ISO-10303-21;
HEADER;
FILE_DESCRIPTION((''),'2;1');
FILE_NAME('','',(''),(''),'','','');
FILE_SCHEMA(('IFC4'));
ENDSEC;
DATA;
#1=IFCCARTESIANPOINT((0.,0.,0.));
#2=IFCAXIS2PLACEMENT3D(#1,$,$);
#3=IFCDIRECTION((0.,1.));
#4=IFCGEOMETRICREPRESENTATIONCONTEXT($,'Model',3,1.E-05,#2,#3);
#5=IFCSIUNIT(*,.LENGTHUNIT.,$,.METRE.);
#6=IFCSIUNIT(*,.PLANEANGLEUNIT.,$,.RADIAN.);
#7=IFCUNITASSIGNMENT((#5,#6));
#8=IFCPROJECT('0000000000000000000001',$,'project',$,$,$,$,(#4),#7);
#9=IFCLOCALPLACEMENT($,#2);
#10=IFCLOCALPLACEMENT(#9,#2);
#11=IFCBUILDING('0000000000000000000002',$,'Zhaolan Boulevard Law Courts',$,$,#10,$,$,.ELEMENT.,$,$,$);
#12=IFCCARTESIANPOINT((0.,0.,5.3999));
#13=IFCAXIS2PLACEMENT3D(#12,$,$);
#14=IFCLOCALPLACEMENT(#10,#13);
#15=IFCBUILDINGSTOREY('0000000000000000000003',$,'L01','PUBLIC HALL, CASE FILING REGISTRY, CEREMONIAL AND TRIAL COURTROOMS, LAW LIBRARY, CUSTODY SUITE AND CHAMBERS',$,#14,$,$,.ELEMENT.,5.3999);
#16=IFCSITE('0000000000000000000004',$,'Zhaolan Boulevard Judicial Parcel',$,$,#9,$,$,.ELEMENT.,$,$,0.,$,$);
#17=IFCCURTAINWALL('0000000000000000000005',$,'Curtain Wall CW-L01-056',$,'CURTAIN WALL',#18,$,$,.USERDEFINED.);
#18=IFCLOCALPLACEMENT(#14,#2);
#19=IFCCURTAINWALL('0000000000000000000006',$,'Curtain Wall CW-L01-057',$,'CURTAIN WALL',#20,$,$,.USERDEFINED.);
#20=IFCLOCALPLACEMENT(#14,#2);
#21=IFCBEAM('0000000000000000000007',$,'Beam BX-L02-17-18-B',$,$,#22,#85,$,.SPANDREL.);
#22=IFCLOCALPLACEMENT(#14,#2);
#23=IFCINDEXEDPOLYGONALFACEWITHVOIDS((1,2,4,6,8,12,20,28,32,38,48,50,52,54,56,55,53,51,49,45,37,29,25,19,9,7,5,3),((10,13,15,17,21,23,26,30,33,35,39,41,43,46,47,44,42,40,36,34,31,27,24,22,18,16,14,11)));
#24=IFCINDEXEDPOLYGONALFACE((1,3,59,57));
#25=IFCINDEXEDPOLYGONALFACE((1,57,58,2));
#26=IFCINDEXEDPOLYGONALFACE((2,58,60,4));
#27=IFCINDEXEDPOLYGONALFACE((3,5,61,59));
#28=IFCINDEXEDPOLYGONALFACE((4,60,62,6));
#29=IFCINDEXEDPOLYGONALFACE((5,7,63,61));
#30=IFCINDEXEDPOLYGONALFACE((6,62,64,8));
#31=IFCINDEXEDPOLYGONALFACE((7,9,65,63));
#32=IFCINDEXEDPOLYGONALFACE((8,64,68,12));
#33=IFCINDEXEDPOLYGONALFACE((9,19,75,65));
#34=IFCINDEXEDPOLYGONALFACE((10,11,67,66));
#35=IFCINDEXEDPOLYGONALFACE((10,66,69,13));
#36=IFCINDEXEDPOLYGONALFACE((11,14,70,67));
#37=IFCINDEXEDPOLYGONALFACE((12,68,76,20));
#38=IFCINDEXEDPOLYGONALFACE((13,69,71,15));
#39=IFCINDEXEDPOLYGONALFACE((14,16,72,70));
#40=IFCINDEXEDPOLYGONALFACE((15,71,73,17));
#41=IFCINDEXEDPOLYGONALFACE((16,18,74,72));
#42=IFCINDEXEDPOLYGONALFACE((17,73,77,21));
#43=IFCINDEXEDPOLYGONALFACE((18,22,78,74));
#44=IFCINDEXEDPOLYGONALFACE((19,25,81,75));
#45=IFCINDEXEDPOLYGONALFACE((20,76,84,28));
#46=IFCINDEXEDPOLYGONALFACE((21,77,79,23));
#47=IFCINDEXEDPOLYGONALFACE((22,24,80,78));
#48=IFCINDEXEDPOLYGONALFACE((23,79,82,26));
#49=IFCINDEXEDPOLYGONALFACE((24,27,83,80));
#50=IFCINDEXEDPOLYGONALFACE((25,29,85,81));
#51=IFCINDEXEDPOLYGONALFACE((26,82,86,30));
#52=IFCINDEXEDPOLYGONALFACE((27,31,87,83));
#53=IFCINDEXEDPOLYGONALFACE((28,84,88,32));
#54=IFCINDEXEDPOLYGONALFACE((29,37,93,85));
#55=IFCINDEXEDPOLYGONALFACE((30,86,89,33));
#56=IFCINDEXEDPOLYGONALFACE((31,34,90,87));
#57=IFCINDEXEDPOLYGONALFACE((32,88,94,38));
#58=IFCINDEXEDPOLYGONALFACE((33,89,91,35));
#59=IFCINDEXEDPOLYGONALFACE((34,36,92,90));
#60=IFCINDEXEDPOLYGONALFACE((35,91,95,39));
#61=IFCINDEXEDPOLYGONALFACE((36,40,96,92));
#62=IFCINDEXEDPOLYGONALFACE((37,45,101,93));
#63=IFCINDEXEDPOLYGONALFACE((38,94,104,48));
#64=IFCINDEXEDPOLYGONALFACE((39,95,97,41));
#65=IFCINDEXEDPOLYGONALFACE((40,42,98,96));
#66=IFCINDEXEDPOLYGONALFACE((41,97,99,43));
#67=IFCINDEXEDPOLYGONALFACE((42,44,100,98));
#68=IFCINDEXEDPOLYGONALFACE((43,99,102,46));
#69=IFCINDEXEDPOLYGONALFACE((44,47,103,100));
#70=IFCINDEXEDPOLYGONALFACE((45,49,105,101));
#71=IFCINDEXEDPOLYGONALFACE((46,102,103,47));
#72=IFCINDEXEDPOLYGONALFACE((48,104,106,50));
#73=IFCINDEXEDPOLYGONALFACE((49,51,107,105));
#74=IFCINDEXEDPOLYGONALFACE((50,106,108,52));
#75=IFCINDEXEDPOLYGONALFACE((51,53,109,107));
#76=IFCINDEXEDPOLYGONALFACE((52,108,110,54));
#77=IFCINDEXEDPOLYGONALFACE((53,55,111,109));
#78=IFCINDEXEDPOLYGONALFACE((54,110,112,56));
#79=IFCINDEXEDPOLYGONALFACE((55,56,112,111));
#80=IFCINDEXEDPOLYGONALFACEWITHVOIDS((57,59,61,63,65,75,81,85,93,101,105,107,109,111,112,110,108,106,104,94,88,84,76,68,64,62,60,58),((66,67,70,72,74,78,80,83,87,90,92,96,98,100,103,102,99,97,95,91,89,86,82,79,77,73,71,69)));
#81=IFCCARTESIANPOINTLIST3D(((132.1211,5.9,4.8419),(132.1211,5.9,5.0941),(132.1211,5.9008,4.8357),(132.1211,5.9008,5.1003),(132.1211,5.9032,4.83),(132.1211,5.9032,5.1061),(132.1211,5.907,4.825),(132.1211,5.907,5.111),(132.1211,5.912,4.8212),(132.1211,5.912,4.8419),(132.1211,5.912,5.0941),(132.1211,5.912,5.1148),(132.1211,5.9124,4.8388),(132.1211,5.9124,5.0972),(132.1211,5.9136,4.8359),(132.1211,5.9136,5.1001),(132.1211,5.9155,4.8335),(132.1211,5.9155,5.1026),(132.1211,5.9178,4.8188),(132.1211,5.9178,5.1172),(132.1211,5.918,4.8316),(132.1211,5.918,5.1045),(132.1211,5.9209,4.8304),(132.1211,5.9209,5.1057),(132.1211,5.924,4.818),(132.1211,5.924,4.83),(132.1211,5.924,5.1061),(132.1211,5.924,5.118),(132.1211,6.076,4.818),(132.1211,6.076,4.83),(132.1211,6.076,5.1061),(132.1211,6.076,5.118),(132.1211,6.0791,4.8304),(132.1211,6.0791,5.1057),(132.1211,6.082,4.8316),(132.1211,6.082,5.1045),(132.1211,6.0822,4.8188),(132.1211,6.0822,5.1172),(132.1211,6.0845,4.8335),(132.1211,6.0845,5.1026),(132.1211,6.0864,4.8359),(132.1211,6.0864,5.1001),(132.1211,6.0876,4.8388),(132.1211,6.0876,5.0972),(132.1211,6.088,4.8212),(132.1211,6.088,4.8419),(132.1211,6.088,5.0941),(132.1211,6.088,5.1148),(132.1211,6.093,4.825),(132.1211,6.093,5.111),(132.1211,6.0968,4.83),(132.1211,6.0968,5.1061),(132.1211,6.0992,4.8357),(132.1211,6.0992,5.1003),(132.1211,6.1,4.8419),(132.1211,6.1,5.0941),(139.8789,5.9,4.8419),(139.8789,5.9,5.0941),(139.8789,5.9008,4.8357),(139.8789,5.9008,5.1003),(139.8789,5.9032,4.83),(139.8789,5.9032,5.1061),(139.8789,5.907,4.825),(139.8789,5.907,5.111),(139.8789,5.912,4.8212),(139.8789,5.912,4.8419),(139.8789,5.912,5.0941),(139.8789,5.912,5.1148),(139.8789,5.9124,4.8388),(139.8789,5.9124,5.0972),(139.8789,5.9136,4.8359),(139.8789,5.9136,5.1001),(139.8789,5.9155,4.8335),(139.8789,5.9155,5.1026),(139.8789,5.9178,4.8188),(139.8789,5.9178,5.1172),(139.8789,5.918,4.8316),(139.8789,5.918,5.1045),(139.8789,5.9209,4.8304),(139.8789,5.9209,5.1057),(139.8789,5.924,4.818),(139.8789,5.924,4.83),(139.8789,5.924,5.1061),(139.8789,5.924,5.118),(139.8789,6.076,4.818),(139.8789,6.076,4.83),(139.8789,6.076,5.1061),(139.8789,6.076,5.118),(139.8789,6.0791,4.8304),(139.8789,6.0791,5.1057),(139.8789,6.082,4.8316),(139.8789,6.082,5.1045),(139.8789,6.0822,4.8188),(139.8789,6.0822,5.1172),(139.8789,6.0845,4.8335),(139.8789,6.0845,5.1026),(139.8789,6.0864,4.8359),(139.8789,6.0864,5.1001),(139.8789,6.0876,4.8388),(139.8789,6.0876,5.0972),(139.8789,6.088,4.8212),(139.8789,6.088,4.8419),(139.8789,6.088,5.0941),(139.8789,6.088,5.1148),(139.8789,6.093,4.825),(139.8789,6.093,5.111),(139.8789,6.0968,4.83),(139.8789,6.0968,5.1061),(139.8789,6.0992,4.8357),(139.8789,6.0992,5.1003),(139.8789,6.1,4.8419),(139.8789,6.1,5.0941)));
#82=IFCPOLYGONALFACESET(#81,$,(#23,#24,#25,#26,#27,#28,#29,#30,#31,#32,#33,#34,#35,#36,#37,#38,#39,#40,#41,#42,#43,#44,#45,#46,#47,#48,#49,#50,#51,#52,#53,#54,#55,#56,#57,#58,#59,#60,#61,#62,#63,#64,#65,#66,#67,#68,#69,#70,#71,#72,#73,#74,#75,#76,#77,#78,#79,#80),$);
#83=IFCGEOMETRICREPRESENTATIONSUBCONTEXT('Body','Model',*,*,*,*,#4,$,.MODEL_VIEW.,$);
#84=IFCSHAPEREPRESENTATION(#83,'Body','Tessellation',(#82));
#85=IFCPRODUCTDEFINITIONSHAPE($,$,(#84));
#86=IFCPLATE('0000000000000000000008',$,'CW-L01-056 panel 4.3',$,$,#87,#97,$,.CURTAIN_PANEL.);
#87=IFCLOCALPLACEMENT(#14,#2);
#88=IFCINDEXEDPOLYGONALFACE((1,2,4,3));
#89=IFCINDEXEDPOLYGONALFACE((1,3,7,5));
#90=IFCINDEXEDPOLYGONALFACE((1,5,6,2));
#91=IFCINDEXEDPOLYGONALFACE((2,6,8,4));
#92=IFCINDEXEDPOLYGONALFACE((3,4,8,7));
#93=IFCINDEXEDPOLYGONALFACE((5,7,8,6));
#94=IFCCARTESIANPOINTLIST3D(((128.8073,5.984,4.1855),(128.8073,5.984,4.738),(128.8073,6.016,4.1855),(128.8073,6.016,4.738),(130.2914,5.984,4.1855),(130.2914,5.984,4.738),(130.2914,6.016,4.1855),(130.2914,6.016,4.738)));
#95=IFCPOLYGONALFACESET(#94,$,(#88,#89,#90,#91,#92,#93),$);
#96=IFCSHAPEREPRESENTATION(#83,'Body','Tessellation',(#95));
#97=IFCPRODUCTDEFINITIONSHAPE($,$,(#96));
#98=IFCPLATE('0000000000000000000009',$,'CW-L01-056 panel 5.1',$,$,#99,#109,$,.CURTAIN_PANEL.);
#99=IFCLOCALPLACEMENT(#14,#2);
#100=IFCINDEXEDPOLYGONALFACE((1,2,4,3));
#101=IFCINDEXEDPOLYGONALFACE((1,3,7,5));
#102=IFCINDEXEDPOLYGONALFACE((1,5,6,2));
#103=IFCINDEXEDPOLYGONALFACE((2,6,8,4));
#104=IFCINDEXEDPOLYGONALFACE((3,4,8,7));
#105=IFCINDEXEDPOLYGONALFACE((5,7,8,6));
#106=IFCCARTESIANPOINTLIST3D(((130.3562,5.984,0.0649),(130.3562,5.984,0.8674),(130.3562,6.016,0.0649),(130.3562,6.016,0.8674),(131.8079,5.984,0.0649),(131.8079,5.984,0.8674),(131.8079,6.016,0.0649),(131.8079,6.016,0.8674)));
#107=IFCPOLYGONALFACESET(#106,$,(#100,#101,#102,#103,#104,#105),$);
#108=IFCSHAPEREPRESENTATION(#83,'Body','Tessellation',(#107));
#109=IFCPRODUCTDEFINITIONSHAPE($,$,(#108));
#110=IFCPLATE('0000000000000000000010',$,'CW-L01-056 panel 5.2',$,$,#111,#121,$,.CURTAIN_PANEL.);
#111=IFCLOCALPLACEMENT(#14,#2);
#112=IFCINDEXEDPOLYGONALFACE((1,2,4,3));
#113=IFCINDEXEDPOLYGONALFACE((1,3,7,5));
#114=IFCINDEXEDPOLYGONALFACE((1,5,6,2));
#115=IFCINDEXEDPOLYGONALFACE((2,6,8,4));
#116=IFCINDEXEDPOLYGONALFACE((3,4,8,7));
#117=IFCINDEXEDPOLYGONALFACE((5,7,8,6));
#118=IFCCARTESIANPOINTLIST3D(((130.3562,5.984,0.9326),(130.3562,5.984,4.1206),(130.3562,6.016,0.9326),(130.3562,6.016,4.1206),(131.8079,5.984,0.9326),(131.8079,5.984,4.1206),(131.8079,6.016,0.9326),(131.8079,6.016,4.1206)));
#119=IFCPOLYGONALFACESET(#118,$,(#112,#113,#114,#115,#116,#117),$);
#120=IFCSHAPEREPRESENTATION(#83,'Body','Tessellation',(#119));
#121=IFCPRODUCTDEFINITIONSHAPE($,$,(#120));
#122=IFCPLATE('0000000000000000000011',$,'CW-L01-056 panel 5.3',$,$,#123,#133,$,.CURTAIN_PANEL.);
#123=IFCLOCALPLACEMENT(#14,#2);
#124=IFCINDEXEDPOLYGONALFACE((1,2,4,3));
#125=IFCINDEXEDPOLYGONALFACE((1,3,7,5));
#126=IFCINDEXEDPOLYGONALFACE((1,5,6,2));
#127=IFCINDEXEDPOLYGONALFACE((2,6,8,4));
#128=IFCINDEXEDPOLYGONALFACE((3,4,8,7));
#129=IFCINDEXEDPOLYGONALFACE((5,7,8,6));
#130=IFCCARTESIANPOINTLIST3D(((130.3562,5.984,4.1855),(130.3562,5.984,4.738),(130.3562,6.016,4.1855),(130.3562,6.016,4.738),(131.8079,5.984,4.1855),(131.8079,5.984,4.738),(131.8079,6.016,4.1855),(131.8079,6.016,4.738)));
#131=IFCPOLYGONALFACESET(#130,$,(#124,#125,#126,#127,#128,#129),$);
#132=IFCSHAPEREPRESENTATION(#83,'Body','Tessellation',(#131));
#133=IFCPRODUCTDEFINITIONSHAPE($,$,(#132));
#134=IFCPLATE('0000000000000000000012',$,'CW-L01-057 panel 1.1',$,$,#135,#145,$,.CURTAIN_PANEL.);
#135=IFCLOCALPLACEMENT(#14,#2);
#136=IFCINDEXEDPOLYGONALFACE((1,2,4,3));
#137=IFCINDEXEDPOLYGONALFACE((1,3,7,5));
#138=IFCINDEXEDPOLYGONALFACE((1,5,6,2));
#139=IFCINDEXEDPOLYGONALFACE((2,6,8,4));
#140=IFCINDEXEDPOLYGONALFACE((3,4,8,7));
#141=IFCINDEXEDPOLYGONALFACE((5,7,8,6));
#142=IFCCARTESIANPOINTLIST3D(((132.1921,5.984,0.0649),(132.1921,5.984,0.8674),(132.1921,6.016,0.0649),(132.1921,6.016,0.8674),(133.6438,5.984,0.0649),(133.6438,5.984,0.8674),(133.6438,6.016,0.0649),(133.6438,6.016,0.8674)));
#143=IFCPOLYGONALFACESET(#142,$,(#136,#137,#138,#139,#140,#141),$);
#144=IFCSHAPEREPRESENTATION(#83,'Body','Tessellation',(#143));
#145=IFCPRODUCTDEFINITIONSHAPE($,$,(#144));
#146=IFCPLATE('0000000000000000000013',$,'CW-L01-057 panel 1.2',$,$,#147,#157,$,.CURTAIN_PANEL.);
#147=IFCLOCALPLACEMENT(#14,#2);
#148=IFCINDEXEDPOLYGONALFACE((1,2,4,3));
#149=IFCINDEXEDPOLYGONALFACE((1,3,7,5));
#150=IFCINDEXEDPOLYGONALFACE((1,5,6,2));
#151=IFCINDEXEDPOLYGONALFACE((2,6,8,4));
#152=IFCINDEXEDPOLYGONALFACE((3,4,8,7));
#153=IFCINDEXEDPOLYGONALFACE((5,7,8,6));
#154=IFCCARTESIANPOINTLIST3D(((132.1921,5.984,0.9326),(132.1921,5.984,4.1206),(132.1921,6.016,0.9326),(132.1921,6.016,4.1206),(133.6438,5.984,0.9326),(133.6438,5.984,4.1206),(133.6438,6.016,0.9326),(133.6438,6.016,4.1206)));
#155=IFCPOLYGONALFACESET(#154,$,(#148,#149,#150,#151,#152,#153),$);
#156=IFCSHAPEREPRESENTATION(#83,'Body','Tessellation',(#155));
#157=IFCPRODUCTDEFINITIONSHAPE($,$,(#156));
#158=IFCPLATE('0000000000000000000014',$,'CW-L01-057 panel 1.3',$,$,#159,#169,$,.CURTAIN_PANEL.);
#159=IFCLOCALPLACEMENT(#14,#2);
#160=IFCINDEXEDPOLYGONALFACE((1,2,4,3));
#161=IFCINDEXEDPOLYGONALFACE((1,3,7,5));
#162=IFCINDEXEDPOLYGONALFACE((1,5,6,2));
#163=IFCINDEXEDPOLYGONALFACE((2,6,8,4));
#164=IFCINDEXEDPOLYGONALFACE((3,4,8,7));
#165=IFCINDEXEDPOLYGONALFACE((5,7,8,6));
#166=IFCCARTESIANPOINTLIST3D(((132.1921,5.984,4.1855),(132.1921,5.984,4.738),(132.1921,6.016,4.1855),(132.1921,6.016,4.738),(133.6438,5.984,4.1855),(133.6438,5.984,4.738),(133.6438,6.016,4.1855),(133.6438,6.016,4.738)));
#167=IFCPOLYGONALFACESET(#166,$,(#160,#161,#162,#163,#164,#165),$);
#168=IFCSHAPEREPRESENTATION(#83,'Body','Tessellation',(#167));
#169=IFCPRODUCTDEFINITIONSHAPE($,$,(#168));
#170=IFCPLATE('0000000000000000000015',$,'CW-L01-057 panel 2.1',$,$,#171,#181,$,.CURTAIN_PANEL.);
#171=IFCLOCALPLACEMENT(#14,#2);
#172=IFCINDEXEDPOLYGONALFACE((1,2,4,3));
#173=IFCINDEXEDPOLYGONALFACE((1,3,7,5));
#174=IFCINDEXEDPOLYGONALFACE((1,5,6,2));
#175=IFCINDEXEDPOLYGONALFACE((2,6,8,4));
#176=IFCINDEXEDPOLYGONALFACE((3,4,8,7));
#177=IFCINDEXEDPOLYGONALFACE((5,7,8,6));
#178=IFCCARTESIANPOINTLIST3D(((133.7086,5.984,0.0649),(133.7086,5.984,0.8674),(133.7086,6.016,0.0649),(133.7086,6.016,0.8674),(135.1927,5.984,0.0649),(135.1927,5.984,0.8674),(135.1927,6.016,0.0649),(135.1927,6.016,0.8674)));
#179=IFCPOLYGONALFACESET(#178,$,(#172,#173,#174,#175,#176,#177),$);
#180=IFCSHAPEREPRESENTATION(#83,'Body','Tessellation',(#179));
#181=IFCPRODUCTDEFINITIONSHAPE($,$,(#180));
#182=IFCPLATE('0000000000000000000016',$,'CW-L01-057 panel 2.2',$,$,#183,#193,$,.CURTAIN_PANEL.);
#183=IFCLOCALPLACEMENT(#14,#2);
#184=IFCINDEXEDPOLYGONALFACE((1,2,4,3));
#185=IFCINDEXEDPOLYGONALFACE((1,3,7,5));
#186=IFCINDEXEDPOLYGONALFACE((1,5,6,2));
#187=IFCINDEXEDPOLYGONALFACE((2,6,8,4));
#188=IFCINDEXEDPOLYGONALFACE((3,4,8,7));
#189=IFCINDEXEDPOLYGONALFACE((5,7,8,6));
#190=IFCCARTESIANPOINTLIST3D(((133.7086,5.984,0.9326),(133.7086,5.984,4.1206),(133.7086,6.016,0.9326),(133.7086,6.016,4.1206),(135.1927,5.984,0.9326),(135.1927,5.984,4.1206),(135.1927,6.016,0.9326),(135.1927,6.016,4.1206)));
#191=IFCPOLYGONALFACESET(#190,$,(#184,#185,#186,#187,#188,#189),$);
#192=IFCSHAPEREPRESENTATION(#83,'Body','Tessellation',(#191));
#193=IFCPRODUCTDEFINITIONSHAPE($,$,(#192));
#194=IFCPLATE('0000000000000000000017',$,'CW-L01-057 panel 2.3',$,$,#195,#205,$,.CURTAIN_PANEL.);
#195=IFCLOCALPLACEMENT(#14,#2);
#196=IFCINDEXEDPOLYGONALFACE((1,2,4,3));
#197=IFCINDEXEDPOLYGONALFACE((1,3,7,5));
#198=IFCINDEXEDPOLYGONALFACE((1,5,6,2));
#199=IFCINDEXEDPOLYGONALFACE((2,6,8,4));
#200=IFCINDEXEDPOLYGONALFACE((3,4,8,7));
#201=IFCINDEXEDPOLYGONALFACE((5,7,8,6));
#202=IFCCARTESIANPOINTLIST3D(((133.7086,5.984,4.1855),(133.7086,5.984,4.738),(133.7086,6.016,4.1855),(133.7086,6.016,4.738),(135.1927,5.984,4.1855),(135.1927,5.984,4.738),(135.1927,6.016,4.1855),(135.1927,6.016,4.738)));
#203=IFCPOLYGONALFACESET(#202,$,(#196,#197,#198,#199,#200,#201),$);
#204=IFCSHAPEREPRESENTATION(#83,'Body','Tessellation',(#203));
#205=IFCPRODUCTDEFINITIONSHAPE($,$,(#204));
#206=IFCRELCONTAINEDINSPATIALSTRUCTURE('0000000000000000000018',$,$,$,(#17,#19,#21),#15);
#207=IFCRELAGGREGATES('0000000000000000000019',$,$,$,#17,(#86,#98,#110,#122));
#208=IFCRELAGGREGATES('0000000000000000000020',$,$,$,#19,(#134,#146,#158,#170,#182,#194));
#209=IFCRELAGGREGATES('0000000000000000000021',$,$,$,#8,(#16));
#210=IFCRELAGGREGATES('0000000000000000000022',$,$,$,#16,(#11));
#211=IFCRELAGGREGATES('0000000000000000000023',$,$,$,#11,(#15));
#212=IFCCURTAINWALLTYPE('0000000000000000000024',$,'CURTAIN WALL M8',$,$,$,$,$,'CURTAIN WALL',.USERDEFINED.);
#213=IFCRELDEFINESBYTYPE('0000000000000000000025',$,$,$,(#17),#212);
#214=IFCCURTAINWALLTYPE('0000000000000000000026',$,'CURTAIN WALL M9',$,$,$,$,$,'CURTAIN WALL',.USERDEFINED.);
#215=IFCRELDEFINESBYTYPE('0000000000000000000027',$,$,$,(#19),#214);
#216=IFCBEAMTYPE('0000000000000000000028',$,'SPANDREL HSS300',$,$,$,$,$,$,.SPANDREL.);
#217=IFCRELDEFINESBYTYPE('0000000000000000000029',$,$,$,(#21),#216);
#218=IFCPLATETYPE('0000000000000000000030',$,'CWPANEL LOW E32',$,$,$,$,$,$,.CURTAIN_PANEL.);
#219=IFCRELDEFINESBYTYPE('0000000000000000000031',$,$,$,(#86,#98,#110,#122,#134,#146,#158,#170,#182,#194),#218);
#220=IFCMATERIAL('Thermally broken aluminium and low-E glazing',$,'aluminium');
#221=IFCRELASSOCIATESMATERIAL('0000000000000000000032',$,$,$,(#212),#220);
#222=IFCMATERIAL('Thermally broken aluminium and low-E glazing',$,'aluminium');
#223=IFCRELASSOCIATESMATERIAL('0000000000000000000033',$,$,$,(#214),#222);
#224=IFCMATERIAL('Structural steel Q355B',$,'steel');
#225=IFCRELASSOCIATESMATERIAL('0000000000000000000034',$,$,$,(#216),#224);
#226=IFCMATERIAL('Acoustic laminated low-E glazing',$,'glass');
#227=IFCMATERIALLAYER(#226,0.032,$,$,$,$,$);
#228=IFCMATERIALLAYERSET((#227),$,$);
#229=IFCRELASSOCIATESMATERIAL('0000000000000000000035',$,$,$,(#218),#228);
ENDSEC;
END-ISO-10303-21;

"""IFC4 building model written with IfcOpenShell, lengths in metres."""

from ifc_helpers import new_model, si_unit, direction, frame, origin, origin_2d, place, context, subcontext, project, spatial, rectangle, hollow_rectangle, extrude, material, layer, layer_set, material_profile, profile_set, type_object, element, aggregate, save


model = new_model("IFC4")

# Units and contexts
model_context = context("Model", 3, precision=1e-05, world=origin(), true_north=direction((0.0, 1.0)))
body_context = subcontext(model_context, "Body", "Model", "MODEL_VIEW")
ifc_project = project(units=[si_unit("LENGTHUNIT", "METRE"), si_unit("PLANEANGLEUNIT", "RADIAN")], contexts=[model_context])

# Site, building, storey
site_placement = place(None, origin())
site = spatial("IfcSite", under=ifc_project, at=site_placement, Name="Zhaolan Boulevard Judicial Parcel", CompositionType="ELEMENT", RefElevation=0.0)
building_placement = place(site_placement, origin())
building = spatial("IfcBuilding", under=site, at=building_placement, Name="Zhaolan Boulevard Law Courts", CompositionType="ELEMENT")
storey_placement = place(building_placement, frame((0.0, 0.0, 5.3999)))
storey = spatial("IfcBuildingStorey", under=building, at=storey_placement, Name="L01", Description="PUBLIC HALL, CASE FILING REGISTRY, CEREMONIAL AND TRIAL COURTROOMS, LAW LIBRARY, CUSTODY SUITE AND CHAMBERS", CompositionType="ELEMENT", Elevation=5.3999)

# Curtain walls
ifc_material_1 = material(Name="Thermally broken aluminium and low-E glazing", Category="aluminium")
curtain_wall_type_1 = type_object("IfcCurtainWallType", Name="CURTAIN WALL M8", ElementType="CURTAIN WALL", PredefinedType="USERDEFINED", material=ifc_material_1)
curtain_wall_1_placement = place(storey_placement, origin())
curtain_wall_1 = element("IfcCurtainWall", 1, at=curtain_wall_1_placement, inside=storey, type_object=curtain_wall_type_1, Name="Curtain Wall CW-L01-056", ObjectType="CURTAIN WALL", PredefinedType="USERDEFINED")
ifc_material_2 = material(Name="Thermally broken aluminium and low-E glazing", Category="aluminium")
curtain_wall_type_2 = type_object("IfcCurtainWallType", Name="CURTAIN WALL M9", ElementType="CURTAIN WALL", PredefinedType="USERDEFINED", material=ifc_material_2)
curtain_wall_2_placement = place(storey_placement, origin())
curtain_wall_2 = element("IfcCurtainWall", 2, at=curtain_wall_2_placement, inside=storey, type_object=curtain_wall_type_2, Name="Curtain Wall CW-L01-057", ObjectType="CURTAIN WALL", PredefinedType="USERDEFINED")

# Beam
ifc_material_3 = material(Name="Structural steel Q355B", Category="steel")
ifc_material_profile_1 = material_profile(ifc_material_3, hollow_rectangle(XDim=0.2, YDim=0.3, WallThickness=0.012, InnerFilletRadius=0.012, OuterFilletRadius=0.0239, at=origin_2d()), Name="HSS300x200x12")
ifc_profile_set_1 = profile_set([ifc_material_profile_1], Name="Structural steel Q355B")
beam_type = type_object("IfcBeamType", Name="SPANDREL HSS300", PredefinedType="SPANDREL", material=ifc_profile_set_1)
beam_placement = place(storey_placement, frame((132.1211, 6.0, 4.968), z_axis=(1.0, 0.0, 0.0), x_axis=(0.0, 1.0, 0.0)))
element("IfcBeam", 3, at=beam_placement, inside=storey, type_object=beam_type, Name="Beam BX-L02-17-18-B", PredefinedType="SPANDREL", context=body_context, shape_type="SweptSolid", body=[
    extrude(hollow_rectangle(XDim=0.2, YDim=0.3, WallThickness=0.012, InnerFilletRadius=0.012, OuterFilletRadius=0.0239, at=origin_2d()), origin(), (0.0, 0.0, 1.0), 7.7578),
])

# Plates
ifc_material_4 = material(Name="Acoustic laminated low-E glazing", Category="glass")
ifc_layer_1 = layer(ifc_material_4, 0.032)
ifc_layer_set_1 = layer_set([ifc_layer_1])
plate_type_1 = type_object("IfcPlateType", Name="CWPANEL LOW E32", PredefinedType="CURTAIN_PANEL", material=ifc_layer_set_1)
plate_1_placement = place(storey_placement, frame((129.5493, 6.0, 4.1855), z_axis=(0.0, 0.0, 1.0), x_axis=(1.0, 0.0, 0.0)))
plate_1 = element("IfcPlate", 4, at=plate_1_placement, type_object=plate_type_1, Name="CW-L01-056 panel 4.3", PredefinedType="CURTAIN_PANEL", context=body_context, shape_type="SweptSolid", body=[
    extrude(rectangle(XDim=1.4841, YDim=0.032, at=origin_2d()), origin(), (0.0, 0.0, 1.0), 0.5525),
])
plate_2_placement = place(storey_placement, frame((131.082, 6.0, 0.0649), z_axis=(0.0, 0.0, 1.0), x_axis=(1.0, 0.0, 0.0)))
plate_2 = element("IfcPlate", 5, at=plate_2_placement, type_object=plate_type_1, Name="CW-L01-056 panel 5.1", PredefinedType="CURTAIN_PANEL", context=body_context, shape_type="SweptSolid", body=[
    extrude(rectangle(XDim=1.4517, YDim=0.032, at=origin_2d()), origin(), (0.0, 0.0, 1.0), 0.8025),
])
plate_3_placement = place(storey_placement, frame((131.082, 6.0, 0.9326), z_axis=(0.0, 0.0, 1.0), x_axis=(1.0, 0.0, 0.0)))
plate_3 = element("IfcPlate", 6, at=plate_3_placement, type_object=plate_type_1, Name="CW-L01-056 panel 5.2", PredefinedType="CURTAIN_PANEL", context=body_context, shape_type="SweptSolid", body=[
    extrude(rectangle(XDim=1.4517, YDim=0.032, at=origin_2d()), origin(), (0.0, 0.0, 1.0), 3.188),
])
plate_4_placement = place(storey_placement, frame((131.082, 6.0, 4.1855), z_axis=(0.0, 0.0, 1.0), x_axis=(1.0, 0.0, 0.0)))
plate_4 = element("IfcPlate", 7, at=plate_4_placement, type_object=plate_type_1, Name="CW-L01-056 panel 5.3", PredefinedType="CURTAIN_PANEL", context=body_context, shape_type="SweptSolid", body=[
    extrude(rectangle(XDim=1.4517, YDim=0.032, at=origin_2d()), origin(), (0.0, 0.0, 1.0), 0.5525),
])
aggregate(curtain_wall_1, [plate_1, plate_2, plate_3, plate_4])
plate_5_placement = place(storey_placement, frame((132.918, 6.0, 0.0649), z_axis=(0.0, 0.0, 1.0), x_axis=(1.0, 0.0, 0.0)))
plate_5 = element("IfcPlate", 8, at=plate_5_placement, type_object=plate_type_1, Name="CW-L01-057 panel 1.1", PredefinedType="CURTAIN_PANEL", context=body_context, shape_type="SweptSolid", body=[
    extrude(rectangle(XDim=1.4517, YDim=0.032, at=origin_2d()), origin(), (0.0, 0.0, 1.0), 0.8025),
])
plate_6_placement = place(storey_placement, frame((132.918, 6.0, 0.9326), z_axis=(0.0, 0.0, 1.0), x_axis=(1.0, 0.0, 0.0)))
plate_6 = element("IfcPlate", 9, at=plate_6_placement, type_object=plate_type_1, Name="CW-L01-057 panel 1.2", PredefinedType="CURTAIN_PANEL", context=body_context, shape_type="SweptSolid", body=[
    extrude(rectangle(XDim=1.4517, YDim=0.032, at=origin_2d()), origin(), (0.0, 0.0, 1.0), 3.188),
])
plate_7_placement = place(storey_placement, frame((132.918, 6.0, 4.1855), z_axis=(0.0, 0.0, 1.0), x_axis=(1.0, 0.0, 0.0)))
plate_7 = element("IfcPlate", 10, at=plate_7_placement, type_object=plate_type_1, Name="CW-L01-057 panel 1.3", PredefinedType="CURTAIN_PANEL", context=body_context, shape_type="SweptSolid", body=[
    extrude(rectangle(XDim=1.4517, YDim=0.032, at=origin_2d()), origin(), (0.0, 0.0, 1.0), 0.5525),
])
plate_8_placement = place(storey_placement, frame((134.4507, 6.0, 0.0649), z_axis=(0.0, 0.0, 1.0), x_axis=(1.0, 0.0, 0.0)))
plate_8 = element("IfcPlate", 11, at=plate_8_placement, type_object=plate_type_1, Name="CW-L01-057 panel 2.1", PredefinedType="CURTAIN_PANEL", context=body_context, shape_type="SweptSolid", body=[
    extrude(rectangle(XDim=1.4841, YDim=0.032, at=origin_2d()), origin(), (0.0, 0.0, 1.0), 0.8025),
])
plate_9_placement = place(storey_placement, frame((134.4507, 6.0, 0.9326), z_axis=(0.0, 0.0, 1.0), x_axis=(1.0, 0.0, 0.0)))
plate_9 = element("IfcPlate", 12, at=plate_9_placement, type_object=plate_type_1, Name="CW-L01-057 panel 2.2", PredefinedType="CURTAIN_PANEL", context=body_context, shape_type="SweptSolid", body=[
    extrude(rectangle(XDim=1.4841, YDim=0.032, at=origin_2d()), origin(), (0.0, 0.0, 1.0), 3.188),
])
plate_10_placement = place(storey_placement, frame((134.4507, 6.0, 4.1855), z_axis=(0.0, 0.0, 1.0), x_axis=(1.0, 0.0, 0.0)))
plate_10 = element("IfcPlate", 13, at=plate_10_placement, type_object=plate_type_1, Name="CW-L01-057 panel 2.3", PredefinedType="CURTAIN_PANEL", context=body_context, shape_type="SweptSolid", body=[
    extrude(rectangle(XDim=1.4841, YDim=0.032, at=origin_2d()), origin(), (0.0, 0.0, 1.0), 0.5525),
])
aggregate(curtain_wall_2, [plate_5, plate_6, plate_7, plate_8, plate_9, plate_10])

save(model, "model.ifc")
